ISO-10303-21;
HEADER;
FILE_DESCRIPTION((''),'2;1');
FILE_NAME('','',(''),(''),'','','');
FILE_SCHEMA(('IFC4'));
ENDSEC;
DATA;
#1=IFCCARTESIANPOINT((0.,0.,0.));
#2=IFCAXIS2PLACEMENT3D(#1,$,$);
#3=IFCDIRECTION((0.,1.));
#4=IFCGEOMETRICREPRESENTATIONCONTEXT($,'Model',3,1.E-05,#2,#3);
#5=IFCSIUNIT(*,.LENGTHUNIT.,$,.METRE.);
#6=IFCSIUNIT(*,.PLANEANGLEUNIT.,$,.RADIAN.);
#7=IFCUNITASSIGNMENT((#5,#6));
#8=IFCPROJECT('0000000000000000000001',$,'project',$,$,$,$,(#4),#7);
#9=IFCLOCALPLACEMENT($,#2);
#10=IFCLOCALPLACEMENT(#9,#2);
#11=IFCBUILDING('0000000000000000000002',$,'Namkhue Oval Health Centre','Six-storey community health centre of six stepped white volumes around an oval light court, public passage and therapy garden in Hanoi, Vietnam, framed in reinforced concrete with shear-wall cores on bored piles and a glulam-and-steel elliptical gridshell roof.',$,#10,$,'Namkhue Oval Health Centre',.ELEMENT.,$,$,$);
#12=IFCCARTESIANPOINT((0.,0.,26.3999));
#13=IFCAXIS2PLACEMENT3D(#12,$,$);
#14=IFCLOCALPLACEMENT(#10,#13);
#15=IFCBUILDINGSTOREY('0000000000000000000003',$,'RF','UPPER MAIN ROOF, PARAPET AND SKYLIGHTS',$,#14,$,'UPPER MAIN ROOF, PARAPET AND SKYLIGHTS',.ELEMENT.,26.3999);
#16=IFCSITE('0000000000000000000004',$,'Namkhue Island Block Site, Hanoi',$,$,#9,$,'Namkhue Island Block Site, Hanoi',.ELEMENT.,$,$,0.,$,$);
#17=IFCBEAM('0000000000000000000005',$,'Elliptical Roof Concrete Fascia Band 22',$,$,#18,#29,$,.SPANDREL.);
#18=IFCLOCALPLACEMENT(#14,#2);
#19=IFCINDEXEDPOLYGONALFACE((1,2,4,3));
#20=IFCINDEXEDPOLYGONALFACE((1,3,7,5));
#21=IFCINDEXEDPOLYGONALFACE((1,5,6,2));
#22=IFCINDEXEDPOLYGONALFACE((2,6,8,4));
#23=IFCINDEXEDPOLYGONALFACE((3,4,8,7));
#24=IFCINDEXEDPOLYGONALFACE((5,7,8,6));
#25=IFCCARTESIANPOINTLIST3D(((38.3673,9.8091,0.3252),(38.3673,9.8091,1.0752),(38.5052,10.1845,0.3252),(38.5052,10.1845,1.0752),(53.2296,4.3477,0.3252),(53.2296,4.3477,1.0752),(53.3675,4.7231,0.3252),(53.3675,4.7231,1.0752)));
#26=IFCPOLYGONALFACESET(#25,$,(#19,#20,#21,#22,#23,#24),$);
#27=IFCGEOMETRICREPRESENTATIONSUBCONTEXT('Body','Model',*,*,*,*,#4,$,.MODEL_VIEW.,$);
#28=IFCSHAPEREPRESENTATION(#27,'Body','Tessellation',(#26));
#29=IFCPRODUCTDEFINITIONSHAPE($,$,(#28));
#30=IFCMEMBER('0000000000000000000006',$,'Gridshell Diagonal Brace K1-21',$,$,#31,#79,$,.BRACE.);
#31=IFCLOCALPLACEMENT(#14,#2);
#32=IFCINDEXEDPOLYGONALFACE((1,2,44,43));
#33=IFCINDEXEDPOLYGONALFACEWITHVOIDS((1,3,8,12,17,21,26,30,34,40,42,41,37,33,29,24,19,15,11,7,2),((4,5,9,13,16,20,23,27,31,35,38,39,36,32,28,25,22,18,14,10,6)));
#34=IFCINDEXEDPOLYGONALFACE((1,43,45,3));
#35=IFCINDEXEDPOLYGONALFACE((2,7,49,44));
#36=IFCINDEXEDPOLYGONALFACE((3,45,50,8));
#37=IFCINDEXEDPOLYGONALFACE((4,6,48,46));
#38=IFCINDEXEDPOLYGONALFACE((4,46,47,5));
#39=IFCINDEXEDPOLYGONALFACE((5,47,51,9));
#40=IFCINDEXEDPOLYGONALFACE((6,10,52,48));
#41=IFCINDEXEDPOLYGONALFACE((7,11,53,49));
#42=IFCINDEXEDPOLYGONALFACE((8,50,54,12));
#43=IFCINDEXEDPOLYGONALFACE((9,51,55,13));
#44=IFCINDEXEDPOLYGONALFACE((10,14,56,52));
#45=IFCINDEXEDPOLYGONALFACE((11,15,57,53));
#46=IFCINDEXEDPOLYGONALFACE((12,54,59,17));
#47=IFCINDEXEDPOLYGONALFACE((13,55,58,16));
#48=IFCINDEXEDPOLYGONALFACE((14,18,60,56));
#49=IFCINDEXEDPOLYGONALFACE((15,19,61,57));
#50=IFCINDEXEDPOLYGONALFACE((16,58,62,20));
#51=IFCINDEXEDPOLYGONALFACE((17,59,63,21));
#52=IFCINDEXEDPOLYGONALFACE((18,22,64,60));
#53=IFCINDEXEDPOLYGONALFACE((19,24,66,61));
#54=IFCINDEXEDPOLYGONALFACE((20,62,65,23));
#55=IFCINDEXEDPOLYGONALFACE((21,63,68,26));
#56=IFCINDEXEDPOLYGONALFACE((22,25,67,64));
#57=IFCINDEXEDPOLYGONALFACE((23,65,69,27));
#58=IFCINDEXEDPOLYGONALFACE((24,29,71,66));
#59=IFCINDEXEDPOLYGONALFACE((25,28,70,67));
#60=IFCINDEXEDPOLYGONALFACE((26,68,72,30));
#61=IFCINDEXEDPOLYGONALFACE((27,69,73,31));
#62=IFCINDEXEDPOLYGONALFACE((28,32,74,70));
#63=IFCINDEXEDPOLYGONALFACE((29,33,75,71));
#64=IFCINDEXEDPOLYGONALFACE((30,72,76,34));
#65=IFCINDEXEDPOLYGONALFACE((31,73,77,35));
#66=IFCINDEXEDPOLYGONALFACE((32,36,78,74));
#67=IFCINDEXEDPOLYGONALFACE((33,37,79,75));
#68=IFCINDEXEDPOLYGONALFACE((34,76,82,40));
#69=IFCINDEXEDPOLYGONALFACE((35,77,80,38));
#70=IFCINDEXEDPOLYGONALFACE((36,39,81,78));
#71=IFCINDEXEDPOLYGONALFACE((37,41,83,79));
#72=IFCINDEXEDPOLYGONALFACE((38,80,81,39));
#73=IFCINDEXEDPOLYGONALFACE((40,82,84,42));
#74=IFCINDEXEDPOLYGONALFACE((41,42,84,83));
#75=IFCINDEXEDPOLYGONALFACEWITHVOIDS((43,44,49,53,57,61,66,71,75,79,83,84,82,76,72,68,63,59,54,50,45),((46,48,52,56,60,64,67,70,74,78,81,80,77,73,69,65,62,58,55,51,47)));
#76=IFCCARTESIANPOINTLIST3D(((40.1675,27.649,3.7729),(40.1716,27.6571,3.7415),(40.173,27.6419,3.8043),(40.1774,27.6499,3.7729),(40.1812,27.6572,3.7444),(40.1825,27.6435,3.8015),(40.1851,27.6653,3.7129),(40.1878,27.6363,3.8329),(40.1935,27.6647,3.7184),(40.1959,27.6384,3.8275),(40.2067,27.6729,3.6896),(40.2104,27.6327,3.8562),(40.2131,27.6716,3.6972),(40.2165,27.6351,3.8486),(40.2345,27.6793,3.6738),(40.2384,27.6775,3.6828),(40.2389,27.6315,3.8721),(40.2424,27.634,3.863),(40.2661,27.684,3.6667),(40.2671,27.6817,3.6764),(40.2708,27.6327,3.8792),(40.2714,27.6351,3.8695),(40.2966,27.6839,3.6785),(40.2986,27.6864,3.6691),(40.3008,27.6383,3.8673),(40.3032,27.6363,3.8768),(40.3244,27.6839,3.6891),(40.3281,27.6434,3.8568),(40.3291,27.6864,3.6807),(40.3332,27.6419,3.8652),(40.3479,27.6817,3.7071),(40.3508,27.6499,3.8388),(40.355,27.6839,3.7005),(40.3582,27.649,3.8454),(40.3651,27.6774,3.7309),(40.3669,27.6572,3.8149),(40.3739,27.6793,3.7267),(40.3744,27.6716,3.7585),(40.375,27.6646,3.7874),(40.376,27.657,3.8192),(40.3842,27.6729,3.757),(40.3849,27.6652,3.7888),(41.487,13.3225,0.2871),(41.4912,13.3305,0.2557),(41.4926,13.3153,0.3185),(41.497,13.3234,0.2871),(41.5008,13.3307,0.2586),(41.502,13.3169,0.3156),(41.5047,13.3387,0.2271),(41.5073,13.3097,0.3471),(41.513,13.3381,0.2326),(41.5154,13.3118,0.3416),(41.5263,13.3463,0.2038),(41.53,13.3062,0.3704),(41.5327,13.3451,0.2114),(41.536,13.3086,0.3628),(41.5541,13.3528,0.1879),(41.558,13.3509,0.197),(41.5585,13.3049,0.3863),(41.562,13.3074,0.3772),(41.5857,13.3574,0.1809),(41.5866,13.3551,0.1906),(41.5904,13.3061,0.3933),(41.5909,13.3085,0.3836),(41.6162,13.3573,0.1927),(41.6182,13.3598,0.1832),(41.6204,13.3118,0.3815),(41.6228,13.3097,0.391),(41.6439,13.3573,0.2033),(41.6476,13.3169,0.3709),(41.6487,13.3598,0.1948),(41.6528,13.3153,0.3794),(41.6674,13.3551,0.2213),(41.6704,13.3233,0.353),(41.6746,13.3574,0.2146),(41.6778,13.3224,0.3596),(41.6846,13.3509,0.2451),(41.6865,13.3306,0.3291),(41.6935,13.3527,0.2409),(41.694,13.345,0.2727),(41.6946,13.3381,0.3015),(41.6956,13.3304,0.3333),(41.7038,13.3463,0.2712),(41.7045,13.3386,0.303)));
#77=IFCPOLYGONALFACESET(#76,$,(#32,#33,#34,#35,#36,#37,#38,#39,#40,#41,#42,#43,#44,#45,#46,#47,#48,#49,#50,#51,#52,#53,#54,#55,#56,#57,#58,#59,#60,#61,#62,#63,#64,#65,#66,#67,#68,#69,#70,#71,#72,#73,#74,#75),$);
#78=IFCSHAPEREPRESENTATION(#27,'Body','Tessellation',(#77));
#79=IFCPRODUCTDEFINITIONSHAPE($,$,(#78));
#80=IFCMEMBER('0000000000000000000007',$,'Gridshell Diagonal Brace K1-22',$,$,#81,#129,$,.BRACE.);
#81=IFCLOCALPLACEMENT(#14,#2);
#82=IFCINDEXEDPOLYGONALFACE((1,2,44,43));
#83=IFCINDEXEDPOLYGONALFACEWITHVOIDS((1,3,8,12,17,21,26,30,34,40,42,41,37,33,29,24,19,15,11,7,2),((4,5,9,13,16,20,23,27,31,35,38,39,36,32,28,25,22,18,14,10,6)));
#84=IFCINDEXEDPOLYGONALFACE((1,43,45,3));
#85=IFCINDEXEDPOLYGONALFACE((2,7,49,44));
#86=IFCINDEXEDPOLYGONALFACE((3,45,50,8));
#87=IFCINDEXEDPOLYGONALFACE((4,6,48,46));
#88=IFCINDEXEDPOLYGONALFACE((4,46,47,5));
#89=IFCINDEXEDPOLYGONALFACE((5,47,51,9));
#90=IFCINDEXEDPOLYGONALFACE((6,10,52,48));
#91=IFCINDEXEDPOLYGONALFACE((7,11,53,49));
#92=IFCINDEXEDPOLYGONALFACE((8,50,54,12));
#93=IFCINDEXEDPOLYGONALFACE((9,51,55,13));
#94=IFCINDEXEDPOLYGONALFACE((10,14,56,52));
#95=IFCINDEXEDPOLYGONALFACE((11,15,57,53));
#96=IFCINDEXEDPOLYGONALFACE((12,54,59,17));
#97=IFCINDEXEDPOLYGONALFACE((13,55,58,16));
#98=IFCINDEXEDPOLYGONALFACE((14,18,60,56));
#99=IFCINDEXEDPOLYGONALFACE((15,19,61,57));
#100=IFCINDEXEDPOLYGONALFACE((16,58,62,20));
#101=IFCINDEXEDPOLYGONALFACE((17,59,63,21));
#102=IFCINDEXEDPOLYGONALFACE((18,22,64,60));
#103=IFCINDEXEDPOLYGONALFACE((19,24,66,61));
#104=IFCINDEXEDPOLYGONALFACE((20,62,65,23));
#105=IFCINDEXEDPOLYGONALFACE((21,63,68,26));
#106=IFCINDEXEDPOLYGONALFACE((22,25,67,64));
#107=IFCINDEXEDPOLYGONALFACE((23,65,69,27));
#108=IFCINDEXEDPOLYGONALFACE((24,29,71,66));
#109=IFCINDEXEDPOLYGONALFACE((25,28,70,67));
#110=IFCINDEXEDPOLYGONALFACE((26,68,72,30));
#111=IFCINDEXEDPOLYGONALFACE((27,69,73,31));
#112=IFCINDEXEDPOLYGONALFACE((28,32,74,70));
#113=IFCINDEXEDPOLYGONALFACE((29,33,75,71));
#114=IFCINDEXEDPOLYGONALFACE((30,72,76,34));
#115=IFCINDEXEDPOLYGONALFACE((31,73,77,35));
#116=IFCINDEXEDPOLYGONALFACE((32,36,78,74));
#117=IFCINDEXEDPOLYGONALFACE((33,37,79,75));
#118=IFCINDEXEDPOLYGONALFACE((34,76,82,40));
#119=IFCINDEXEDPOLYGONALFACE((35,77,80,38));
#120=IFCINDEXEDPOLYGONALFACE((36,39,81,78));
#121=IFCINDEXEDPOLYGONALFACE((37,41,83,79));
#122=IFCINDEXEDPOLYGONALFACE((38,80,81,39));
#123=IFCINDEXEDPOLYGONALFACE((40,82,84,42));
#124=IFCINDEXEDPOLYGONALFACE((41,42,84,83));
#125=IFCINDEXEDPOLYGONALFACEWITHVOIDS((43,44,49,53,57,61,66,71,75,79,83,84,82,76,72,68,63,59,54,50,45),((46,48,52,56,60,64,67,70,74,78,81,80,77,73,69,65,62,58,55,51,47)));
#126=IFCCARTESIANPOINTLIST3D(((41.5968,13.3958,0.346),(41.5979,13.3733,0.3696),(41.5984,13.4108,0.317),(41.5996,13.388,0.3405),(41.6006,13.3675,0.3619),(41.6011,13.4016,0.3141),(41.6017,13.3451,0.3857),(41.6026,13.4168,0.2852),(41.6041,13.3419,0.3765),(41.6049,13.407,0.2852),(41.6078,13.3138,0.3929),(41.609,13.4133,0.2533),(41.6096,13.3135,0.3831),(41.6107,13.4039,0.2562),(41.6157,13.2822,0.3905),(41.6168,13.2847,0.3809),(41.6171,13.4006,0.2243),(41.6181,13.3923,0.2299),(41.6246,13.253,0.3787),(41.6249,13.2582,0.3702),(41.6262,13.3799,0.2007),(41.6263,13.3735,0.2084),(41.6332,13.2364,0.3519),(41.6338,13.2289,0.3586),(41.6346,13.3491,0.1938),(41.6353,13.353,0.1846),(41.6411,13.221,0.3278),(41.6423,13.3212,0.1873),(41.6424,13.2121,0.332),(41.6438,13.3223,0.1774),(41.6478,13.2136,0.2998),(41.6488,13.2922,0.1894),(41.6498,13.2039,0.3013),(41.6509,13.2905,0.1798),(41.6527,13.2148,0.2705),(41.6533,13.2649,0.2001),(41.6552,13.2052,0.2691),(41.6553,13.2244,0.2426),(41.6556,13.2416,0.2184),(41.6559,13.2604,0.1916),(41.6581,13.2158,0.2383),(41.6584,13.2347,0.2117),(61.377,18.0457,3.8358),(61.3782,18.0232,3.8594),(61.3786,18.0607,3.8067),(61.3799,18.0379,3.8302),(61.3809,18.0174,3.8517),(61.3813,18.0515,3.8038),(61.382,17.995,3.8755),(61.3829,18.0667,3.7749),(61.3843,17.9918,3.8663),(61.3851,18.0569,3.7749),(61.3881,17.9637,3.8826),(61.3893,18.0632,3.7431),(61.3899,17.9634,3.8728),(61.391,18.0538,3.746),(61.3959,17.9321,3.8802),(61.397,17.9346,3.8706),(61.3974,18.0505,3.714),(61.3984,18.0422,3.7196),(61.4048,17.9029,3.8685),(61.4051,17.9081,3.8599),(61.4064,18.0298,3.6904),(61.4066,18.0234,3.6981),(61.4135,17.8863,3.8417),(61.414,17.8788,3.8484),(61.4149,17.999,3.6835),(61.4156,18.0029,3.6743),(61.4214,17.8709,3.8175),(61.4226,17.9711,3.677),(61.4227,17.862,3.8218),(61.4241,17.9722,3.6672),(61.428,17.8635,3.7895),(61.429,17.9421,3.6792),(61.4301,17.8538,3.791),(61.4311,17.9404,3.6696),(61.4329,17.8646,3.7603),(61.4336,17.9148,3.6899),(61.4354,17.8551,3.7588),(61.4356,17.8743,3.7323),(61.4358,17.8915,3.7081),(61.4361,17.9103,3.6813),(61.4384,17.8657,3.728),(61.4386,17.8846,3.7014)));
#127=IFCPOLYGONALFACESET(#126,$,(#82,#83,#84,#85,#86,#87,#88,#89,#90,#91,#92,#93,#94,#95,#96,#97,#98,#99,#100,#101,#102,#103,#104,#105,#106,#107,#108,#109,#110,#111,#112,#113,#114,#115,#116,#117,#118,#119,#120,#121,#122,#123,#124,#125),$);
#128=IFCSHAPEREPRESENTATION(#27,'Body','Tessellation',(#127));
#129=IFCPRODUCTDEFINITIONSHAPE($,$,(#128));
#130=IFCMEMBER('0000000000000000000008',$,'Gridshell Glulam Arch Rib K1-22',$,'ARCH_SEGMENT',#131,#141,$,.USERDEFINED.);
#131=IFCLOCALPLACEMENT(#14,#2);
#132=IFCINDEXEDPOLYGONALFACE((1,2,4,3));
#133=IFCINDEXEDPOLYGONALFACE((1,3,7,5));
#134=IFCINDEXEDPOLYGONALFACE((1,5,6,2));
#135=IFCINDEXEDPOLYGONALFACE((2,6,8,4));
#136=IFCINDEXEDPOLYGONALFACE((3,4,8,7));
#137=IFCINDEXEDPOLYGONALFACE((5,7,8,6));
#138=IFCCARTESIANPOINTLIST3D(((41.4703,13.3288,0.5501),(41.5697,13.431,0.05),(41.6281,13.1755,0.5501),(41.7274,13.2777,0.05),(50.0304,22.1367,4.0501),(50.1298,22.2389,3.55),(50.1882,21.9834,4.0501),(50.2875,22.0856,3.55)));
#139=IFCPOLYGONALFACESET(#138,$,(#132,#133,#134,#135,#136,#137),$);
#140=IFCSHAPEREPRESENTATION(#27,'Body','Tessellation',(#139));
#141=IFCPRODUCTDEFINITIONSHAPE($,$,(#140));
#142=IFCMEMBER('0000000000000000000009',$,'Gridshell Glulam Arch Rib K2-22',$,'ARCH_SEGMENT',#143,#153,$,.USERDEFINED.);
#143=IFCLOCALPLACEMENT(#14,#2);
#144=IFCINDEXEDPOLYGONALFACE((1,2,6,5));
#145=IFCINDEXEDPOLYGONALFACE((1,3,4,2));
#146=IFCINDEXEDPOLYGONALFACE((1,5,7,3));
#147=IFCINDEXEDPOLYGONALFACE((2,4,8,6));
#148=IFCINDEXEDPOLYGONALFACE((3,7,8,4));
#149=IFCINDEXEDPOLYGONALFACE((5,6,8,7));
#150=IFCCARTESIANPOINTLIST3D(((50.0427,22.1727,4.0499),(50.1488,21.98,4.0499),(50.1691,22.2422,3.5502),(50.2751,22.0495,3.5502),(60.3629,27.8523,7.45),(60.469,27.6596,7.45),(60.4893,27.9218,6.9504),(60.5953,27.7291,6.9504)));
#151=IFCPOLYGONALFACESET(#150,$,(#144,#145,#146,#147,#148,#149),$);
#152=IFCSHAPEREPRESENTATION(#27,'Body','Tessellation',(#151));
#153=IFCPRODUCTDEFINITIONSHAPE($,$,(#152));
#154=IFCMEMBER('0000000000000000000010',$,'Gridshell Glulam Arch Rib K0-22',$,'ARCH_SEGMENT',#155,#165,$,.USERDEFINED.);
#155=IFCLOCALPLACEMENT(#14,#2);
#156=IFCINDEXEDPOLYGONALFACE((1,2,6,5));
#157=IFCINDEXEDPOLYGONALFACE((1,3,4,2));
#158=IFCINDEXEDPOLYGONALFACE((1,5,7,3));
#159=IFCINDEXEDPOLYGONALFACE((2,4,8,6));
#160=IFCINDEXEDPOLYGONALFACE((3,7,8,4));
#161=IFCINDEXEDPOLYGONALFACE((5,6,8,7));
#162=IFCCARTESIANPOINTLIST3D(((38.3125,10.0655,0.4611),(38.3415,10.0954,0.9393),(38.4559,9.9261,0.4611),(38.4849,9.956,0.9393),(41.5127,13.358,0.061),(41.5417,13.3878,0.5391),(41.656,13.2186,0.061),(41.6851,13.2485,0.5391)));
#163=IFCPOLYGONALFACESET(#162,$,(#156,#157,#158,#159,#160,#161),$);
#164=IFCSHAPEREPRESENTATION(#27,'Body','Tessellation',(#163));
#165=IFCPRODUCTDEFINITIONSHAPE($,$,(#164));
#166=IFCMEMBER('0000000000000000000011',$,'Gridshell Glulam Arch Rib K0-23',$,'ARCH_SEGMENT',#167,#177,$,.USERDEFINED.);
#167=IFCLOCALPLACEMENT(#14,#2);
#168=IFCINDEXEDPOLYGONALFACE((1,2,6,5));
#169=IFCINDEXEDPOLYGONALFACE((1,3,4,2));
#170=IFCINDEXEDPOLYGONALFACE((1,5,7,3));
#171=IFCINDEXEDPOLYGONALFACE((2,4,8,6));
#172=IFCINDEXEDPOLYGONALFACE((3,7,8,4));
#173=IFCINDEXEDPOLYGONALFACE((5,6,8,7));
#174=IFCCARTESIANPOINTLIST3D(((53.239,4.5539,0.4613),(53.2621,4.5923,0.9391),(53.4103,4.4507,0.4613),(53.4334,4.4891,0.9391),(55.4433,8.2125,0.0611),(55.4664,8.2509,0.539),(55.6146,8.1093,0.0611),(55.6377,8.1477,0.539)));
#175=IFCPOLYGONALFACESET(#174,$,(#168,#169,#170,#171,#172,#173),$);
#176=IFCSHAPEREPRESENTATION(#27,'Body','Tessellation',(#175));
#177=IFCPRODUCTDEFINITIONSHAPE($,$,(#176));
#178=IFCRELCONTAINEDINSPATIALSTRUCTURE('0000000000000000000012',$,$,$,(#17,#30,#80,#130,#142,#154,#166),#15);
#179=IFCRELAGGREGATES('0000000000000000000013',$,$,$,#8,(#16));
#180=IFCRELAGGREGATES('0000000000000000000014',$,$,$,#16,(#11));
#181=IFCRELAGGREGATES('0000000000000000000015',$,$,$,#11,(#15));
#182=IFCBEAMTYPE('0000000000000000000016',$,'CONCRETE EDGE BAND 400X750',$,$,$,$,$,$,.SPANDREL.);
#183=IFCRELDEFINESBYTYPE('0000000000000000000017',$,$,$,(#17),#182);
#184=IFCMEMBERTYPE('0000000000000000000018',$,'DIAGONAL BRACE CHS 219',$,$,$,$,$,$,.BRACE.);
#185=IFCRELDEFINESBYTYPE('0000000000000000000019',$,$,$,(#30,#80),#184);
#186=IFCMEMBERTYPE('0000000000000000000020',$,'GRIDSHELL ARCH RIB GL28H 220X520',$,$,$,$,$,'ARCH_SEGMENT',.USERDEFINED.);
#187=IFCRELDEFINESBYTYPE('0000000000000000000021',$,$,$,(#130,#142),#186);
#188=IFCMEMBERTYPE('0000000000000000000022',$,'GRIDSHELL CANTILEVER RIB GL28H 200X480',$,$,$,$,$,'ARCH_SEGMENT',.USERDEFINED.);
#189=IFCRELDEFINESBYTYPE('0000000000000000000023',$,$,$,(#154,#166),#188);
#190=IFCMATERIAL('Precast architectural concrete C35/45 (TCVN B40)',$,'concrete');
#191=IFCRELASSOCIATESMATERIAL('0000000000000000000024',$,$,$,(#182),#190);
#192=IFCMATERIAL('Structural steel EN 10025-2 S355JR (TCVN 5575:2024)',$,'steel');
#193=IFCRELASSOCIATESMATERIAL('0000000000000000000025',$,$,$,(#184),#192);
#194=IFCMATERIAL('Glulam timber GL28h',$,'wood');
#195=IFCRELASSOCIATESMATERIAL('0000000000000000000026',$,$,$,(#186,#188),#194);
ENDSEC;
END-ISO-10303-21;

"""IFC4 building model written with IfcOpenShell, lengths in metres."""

from ifc_helpers import new_model, si_unit, direction, frame, origin, origin_2d, place, context, subcontext, project, spatial, rectangle, hollow_circle, extrude, material, material_profile, profile_set, type_object, element, save


model = new_model("IFC4")

# Units and contexts
model_context = context("Model", 3, precision=1e-05, world=origin(), true_north=direction((0.0, 1.0)))
body_context = subcontext(model_context, "Body", "Model", "MODEL_VIEW")
ifc_project = project(units=[si_unit("LENGTHUNIT", "METRE"), si_unit("PLANEANGLEUNIT", "RADIAN")], contexts=[model_context])

# Site, building, storey
site_placement = place(None, origin())
site = spatial("IfcSite", under=ifc_project, at=site_placement, Name="Namkhue Island Block Site, Hanoi", LongName="Namkhue Island Block Site, Hanoi", CompositionType="ELEMENT", RefElevation=0.0)
building_placement = place(site_placement, origin())
building = spatial("IfcBuilding", under=site, at=building_placement, Name="Namkhue Oval Health Centre", Description="Six-storey community health centre of six stepped white volumes around an oval light court, public passage and therapy garden in Hanoi, Vietnam, framed in reinforced concrete with shear-wall cores on bored piles and a glulam-and-steel elliptical gridshell roof.", LongName="Namkhue Oval Health Centre", CompositionType="ELEMENT")
storey_placement = place(building_placement, frame((0.0, 0.0, 26.3999)))
storey = spatial("IfcBuildingStorey", under=building, at=storey_placement, Name="RF", Description="UPPER MAIN ROOF, PARAPET AND SKYLIGHTS", LongName="UPPER MAIN ROOF, PARAPET AND SKYLIGHTS", CompositionType="ELEMENT", Elevation=26.3999)

# Beam
ifc_material_1 = material(Name="Precast architectural concrete C35/45 (TCVN B40)", Category="concrete")
ifc_material_profile_1 = material_profile(ifc_material_1, rectangle(XDim=0.3999, YDim=0.75, at=origin_2d()), Name="RC 400x750")
ifc_profile_set_1 = profile_set([ifc_material_profile_1], Name="Precast architectural concrete C35/45 (TCVN B40)")
beam_type = type_object("IfcBeamType", Name="CONCRETE EDGE BAND 400X750", PredefinedType="SPANDREL", material=ifc_profile_set_1)
beam_placement = place(storey_placement, frame((38.4363, 9.9968, 0.7002), z_axis=(0.938633, -0.344918, 0.0), x_axis=(0.344918, 0.938633, 0.0)))
element("IfcBeam", 1, at=beam_placement, inside=storey, type_object=beam_type, Name="Elliptical Roof Concrete Fascia Band 22", PredefinedType="SPANDREL", context=body_context, shape_type="SweptSolid", body=[
    extrude(rectangle(XDim=0.3999, YDim=0.75, at=origin_2d()), origin(), (0.0, 0.0, 1.0), 15.834),
])

# Members
ifc_material_2 = material(Name="Structural steel EN 10025-2 S355JR (TCVN 5575:2024)", Category="steel")
ifc_material_profile_2 = material_profile(ifc_material_2, hollow_circle(Radius=0.1096, WallThickness=0.01, at=origin_2d()), Name="CHS 219.1x10")
ifc_profile_set_2 = profile_set([ifc_material_profile_2], Name="Structural steel EN 10025-2 S355JR (TCVN 5575:2024)")
member_type_1 = type_object("IfcMemberType", Name="DIAGONAL BRACE CHS 219", PredefinedType="BRACE", material=ifc_profile_set_2)
member_1_placement = place(storey_placement, frame((41.5962, 13.3325, 0.2871), z_axis=(-0.089139, 0.967784, 0.235473), x_axis=(-0.995785, -0.091718, 0.0)))
element("IfcMember", 2, at=member_1_placement, inside=storey, type_object=member_type_1, Name="Gridshell Diagonal Brace K1-21", PredefinedType="BRACE", context=body_context, shape_type="SweptSolid", body=[
    extrude(hollow_circle(Radius=0.1096, WallThickness=0.01, at=origin_2d()), origin(), (0.0, 0.0, 1.0), 14.8035),
])
member_2_placement = place(storey_placement, frame((41.6277, 13.3101, 0.2852), z_axis=(0.959417, 0.225538, 0.169266), x_axis=(-0.22884, 0.973464, 0.0)))
element("IfcMember", 3, at=member_2_placement, inside=storey, type_object=member_type_1, Name="Gridshell Diagonal Brace K1-22", PredefinedType="BRACE", context=body_context, shape_type="SweptSolid", body=[
    extrude(hollow_circle(Radius=0.1096, WallThickness=0.01, at=origin_2d()), origin(), (0.0, 0.0, 1.0), 20.6169),
])
ifc_material_3 = material(Name="Glulam timber GL28h", Category="wood")
ifc_material_profile_3 = material_profile(ifc_material_3, rectangle(XDim=0.22, YDim=0.52, at=origin_2d()), Name="GL28h 220x520")
ifc_profile_set_3 = profile_set([ifc_material_profile_3], Name="Glulam timber GL28h")
member_type_2 = type_object("IfcMemberType", Name="GRIDSHELL ARCH RIB GL28H 220X520", ElementType="ARCH_SEGMENT", PredefinedType="USERDEFINED", material=ifc_profile_set_3)
member_3_placement = place(storey_placement, frame((41.5989, 13.3032, 0.3), z_axis=(0.670264, 0.689667, 0.274055), x_axis=(-0.717123, 0.696947, 0.0)))
element("IfcMember", 4, at=member_3_placement, inside=storey, type_object=member_type_2, Name="Gridshell Glulam Arch Rib K1-22", ObjectType="ARCH_SEGMENT", PredefinedType="USERDEFINED", context=body_context, shape_type="SweptSolid", body=[
    extrude(rectangle(XDim=0.22, YDim=0.52, at=origin_2d()), origin(), (0.0, 0.0, 1.0), 12.7712),
])
member_4_placement = place(storey_placement, frame((50.1589, 22.1111, 3.8), z_axis=(0.841728, 0.463237, 0.277317), x_axis=(-0.482148, 0.87609, 0.0)))
element("IfcMember", 5, at=member_4_placement, inside=storey, type_object=member_type_2, Name="Gridshell Glulam Arch Rib K2-22", ObjectType="ARCH_SEGMENT", PredefinedType="USERDEFINED", context=body_context, shape_type="SweptSolid", body=[
    extrude(rectangle(XDim=0.22, YDim=0.52, at=origin_2d()), origin(), (0.0, 0.0, 1.0), 12.2607),
])
ifc_material_profile_4 = material_profile(ifc_material_3, rectangle(XDim=0.2, YDim=0.48, at=origin_2d()), Name="GL28h 200x480")
ifc_profile_set_4 = profile_set([ifc_material_profile_4], Name="Glulam timber GL28h")
member_type_3 = type_object("IfcMemberType", Name="GRIDSHELL CANTILEVER RIB GL28H 200X480", ElementType="ARCH_SEGMENT", PredefinedType="USERDEFINED", material=ifc_profile_set_4)
member_5_placement = place(storey_placement, frame((38.3987, 10.0107, 0.7002), z_axis=(0.694354, 0.714377, -0.086821), x_axis=(-0.717085, 0.696986, 0.0)))
element("IfcMember", 6, at=member_5_placement, inside=storey, type_object=member_type_3, Name="Gridshell Glulam Arch Rib K0-22", ObjectType="ARCH_SEGMENT", PredefinedType="USERDEFINED", context=body_context, shape_type="SweptSolid", body=[
    extrude(rectangle(XDim=0.2, YDim=0.48, at=origin_2d()), origin(), (0.0, 0.0, 1.0), 4.6089),
])
member_6_placement = place(storey_placement, frame((53.3362, 4.5215, 0.7002), z_axis=(0.513817, 0.852814, -0.093271), x_axis=(-0.856548, 0.516067, 0.0)))
element("IfcMember", 7, at=member_6_placement, inside=storey, type_object=member_type_3, Name="Gridshell Glulam Arch Rib K0-23", ObjectType="ARCH_SEGMENT", PredefinedType="USERDEFINED", context=body_context, shape_type="SweptSolid", body=[
    extrude(rectangle(XDim=0.2, YDim=0.48, at=origin_2d()), origin(), (0.0, 0.0, 1.0), 4.29),
])

save(model, "model.ifc")
